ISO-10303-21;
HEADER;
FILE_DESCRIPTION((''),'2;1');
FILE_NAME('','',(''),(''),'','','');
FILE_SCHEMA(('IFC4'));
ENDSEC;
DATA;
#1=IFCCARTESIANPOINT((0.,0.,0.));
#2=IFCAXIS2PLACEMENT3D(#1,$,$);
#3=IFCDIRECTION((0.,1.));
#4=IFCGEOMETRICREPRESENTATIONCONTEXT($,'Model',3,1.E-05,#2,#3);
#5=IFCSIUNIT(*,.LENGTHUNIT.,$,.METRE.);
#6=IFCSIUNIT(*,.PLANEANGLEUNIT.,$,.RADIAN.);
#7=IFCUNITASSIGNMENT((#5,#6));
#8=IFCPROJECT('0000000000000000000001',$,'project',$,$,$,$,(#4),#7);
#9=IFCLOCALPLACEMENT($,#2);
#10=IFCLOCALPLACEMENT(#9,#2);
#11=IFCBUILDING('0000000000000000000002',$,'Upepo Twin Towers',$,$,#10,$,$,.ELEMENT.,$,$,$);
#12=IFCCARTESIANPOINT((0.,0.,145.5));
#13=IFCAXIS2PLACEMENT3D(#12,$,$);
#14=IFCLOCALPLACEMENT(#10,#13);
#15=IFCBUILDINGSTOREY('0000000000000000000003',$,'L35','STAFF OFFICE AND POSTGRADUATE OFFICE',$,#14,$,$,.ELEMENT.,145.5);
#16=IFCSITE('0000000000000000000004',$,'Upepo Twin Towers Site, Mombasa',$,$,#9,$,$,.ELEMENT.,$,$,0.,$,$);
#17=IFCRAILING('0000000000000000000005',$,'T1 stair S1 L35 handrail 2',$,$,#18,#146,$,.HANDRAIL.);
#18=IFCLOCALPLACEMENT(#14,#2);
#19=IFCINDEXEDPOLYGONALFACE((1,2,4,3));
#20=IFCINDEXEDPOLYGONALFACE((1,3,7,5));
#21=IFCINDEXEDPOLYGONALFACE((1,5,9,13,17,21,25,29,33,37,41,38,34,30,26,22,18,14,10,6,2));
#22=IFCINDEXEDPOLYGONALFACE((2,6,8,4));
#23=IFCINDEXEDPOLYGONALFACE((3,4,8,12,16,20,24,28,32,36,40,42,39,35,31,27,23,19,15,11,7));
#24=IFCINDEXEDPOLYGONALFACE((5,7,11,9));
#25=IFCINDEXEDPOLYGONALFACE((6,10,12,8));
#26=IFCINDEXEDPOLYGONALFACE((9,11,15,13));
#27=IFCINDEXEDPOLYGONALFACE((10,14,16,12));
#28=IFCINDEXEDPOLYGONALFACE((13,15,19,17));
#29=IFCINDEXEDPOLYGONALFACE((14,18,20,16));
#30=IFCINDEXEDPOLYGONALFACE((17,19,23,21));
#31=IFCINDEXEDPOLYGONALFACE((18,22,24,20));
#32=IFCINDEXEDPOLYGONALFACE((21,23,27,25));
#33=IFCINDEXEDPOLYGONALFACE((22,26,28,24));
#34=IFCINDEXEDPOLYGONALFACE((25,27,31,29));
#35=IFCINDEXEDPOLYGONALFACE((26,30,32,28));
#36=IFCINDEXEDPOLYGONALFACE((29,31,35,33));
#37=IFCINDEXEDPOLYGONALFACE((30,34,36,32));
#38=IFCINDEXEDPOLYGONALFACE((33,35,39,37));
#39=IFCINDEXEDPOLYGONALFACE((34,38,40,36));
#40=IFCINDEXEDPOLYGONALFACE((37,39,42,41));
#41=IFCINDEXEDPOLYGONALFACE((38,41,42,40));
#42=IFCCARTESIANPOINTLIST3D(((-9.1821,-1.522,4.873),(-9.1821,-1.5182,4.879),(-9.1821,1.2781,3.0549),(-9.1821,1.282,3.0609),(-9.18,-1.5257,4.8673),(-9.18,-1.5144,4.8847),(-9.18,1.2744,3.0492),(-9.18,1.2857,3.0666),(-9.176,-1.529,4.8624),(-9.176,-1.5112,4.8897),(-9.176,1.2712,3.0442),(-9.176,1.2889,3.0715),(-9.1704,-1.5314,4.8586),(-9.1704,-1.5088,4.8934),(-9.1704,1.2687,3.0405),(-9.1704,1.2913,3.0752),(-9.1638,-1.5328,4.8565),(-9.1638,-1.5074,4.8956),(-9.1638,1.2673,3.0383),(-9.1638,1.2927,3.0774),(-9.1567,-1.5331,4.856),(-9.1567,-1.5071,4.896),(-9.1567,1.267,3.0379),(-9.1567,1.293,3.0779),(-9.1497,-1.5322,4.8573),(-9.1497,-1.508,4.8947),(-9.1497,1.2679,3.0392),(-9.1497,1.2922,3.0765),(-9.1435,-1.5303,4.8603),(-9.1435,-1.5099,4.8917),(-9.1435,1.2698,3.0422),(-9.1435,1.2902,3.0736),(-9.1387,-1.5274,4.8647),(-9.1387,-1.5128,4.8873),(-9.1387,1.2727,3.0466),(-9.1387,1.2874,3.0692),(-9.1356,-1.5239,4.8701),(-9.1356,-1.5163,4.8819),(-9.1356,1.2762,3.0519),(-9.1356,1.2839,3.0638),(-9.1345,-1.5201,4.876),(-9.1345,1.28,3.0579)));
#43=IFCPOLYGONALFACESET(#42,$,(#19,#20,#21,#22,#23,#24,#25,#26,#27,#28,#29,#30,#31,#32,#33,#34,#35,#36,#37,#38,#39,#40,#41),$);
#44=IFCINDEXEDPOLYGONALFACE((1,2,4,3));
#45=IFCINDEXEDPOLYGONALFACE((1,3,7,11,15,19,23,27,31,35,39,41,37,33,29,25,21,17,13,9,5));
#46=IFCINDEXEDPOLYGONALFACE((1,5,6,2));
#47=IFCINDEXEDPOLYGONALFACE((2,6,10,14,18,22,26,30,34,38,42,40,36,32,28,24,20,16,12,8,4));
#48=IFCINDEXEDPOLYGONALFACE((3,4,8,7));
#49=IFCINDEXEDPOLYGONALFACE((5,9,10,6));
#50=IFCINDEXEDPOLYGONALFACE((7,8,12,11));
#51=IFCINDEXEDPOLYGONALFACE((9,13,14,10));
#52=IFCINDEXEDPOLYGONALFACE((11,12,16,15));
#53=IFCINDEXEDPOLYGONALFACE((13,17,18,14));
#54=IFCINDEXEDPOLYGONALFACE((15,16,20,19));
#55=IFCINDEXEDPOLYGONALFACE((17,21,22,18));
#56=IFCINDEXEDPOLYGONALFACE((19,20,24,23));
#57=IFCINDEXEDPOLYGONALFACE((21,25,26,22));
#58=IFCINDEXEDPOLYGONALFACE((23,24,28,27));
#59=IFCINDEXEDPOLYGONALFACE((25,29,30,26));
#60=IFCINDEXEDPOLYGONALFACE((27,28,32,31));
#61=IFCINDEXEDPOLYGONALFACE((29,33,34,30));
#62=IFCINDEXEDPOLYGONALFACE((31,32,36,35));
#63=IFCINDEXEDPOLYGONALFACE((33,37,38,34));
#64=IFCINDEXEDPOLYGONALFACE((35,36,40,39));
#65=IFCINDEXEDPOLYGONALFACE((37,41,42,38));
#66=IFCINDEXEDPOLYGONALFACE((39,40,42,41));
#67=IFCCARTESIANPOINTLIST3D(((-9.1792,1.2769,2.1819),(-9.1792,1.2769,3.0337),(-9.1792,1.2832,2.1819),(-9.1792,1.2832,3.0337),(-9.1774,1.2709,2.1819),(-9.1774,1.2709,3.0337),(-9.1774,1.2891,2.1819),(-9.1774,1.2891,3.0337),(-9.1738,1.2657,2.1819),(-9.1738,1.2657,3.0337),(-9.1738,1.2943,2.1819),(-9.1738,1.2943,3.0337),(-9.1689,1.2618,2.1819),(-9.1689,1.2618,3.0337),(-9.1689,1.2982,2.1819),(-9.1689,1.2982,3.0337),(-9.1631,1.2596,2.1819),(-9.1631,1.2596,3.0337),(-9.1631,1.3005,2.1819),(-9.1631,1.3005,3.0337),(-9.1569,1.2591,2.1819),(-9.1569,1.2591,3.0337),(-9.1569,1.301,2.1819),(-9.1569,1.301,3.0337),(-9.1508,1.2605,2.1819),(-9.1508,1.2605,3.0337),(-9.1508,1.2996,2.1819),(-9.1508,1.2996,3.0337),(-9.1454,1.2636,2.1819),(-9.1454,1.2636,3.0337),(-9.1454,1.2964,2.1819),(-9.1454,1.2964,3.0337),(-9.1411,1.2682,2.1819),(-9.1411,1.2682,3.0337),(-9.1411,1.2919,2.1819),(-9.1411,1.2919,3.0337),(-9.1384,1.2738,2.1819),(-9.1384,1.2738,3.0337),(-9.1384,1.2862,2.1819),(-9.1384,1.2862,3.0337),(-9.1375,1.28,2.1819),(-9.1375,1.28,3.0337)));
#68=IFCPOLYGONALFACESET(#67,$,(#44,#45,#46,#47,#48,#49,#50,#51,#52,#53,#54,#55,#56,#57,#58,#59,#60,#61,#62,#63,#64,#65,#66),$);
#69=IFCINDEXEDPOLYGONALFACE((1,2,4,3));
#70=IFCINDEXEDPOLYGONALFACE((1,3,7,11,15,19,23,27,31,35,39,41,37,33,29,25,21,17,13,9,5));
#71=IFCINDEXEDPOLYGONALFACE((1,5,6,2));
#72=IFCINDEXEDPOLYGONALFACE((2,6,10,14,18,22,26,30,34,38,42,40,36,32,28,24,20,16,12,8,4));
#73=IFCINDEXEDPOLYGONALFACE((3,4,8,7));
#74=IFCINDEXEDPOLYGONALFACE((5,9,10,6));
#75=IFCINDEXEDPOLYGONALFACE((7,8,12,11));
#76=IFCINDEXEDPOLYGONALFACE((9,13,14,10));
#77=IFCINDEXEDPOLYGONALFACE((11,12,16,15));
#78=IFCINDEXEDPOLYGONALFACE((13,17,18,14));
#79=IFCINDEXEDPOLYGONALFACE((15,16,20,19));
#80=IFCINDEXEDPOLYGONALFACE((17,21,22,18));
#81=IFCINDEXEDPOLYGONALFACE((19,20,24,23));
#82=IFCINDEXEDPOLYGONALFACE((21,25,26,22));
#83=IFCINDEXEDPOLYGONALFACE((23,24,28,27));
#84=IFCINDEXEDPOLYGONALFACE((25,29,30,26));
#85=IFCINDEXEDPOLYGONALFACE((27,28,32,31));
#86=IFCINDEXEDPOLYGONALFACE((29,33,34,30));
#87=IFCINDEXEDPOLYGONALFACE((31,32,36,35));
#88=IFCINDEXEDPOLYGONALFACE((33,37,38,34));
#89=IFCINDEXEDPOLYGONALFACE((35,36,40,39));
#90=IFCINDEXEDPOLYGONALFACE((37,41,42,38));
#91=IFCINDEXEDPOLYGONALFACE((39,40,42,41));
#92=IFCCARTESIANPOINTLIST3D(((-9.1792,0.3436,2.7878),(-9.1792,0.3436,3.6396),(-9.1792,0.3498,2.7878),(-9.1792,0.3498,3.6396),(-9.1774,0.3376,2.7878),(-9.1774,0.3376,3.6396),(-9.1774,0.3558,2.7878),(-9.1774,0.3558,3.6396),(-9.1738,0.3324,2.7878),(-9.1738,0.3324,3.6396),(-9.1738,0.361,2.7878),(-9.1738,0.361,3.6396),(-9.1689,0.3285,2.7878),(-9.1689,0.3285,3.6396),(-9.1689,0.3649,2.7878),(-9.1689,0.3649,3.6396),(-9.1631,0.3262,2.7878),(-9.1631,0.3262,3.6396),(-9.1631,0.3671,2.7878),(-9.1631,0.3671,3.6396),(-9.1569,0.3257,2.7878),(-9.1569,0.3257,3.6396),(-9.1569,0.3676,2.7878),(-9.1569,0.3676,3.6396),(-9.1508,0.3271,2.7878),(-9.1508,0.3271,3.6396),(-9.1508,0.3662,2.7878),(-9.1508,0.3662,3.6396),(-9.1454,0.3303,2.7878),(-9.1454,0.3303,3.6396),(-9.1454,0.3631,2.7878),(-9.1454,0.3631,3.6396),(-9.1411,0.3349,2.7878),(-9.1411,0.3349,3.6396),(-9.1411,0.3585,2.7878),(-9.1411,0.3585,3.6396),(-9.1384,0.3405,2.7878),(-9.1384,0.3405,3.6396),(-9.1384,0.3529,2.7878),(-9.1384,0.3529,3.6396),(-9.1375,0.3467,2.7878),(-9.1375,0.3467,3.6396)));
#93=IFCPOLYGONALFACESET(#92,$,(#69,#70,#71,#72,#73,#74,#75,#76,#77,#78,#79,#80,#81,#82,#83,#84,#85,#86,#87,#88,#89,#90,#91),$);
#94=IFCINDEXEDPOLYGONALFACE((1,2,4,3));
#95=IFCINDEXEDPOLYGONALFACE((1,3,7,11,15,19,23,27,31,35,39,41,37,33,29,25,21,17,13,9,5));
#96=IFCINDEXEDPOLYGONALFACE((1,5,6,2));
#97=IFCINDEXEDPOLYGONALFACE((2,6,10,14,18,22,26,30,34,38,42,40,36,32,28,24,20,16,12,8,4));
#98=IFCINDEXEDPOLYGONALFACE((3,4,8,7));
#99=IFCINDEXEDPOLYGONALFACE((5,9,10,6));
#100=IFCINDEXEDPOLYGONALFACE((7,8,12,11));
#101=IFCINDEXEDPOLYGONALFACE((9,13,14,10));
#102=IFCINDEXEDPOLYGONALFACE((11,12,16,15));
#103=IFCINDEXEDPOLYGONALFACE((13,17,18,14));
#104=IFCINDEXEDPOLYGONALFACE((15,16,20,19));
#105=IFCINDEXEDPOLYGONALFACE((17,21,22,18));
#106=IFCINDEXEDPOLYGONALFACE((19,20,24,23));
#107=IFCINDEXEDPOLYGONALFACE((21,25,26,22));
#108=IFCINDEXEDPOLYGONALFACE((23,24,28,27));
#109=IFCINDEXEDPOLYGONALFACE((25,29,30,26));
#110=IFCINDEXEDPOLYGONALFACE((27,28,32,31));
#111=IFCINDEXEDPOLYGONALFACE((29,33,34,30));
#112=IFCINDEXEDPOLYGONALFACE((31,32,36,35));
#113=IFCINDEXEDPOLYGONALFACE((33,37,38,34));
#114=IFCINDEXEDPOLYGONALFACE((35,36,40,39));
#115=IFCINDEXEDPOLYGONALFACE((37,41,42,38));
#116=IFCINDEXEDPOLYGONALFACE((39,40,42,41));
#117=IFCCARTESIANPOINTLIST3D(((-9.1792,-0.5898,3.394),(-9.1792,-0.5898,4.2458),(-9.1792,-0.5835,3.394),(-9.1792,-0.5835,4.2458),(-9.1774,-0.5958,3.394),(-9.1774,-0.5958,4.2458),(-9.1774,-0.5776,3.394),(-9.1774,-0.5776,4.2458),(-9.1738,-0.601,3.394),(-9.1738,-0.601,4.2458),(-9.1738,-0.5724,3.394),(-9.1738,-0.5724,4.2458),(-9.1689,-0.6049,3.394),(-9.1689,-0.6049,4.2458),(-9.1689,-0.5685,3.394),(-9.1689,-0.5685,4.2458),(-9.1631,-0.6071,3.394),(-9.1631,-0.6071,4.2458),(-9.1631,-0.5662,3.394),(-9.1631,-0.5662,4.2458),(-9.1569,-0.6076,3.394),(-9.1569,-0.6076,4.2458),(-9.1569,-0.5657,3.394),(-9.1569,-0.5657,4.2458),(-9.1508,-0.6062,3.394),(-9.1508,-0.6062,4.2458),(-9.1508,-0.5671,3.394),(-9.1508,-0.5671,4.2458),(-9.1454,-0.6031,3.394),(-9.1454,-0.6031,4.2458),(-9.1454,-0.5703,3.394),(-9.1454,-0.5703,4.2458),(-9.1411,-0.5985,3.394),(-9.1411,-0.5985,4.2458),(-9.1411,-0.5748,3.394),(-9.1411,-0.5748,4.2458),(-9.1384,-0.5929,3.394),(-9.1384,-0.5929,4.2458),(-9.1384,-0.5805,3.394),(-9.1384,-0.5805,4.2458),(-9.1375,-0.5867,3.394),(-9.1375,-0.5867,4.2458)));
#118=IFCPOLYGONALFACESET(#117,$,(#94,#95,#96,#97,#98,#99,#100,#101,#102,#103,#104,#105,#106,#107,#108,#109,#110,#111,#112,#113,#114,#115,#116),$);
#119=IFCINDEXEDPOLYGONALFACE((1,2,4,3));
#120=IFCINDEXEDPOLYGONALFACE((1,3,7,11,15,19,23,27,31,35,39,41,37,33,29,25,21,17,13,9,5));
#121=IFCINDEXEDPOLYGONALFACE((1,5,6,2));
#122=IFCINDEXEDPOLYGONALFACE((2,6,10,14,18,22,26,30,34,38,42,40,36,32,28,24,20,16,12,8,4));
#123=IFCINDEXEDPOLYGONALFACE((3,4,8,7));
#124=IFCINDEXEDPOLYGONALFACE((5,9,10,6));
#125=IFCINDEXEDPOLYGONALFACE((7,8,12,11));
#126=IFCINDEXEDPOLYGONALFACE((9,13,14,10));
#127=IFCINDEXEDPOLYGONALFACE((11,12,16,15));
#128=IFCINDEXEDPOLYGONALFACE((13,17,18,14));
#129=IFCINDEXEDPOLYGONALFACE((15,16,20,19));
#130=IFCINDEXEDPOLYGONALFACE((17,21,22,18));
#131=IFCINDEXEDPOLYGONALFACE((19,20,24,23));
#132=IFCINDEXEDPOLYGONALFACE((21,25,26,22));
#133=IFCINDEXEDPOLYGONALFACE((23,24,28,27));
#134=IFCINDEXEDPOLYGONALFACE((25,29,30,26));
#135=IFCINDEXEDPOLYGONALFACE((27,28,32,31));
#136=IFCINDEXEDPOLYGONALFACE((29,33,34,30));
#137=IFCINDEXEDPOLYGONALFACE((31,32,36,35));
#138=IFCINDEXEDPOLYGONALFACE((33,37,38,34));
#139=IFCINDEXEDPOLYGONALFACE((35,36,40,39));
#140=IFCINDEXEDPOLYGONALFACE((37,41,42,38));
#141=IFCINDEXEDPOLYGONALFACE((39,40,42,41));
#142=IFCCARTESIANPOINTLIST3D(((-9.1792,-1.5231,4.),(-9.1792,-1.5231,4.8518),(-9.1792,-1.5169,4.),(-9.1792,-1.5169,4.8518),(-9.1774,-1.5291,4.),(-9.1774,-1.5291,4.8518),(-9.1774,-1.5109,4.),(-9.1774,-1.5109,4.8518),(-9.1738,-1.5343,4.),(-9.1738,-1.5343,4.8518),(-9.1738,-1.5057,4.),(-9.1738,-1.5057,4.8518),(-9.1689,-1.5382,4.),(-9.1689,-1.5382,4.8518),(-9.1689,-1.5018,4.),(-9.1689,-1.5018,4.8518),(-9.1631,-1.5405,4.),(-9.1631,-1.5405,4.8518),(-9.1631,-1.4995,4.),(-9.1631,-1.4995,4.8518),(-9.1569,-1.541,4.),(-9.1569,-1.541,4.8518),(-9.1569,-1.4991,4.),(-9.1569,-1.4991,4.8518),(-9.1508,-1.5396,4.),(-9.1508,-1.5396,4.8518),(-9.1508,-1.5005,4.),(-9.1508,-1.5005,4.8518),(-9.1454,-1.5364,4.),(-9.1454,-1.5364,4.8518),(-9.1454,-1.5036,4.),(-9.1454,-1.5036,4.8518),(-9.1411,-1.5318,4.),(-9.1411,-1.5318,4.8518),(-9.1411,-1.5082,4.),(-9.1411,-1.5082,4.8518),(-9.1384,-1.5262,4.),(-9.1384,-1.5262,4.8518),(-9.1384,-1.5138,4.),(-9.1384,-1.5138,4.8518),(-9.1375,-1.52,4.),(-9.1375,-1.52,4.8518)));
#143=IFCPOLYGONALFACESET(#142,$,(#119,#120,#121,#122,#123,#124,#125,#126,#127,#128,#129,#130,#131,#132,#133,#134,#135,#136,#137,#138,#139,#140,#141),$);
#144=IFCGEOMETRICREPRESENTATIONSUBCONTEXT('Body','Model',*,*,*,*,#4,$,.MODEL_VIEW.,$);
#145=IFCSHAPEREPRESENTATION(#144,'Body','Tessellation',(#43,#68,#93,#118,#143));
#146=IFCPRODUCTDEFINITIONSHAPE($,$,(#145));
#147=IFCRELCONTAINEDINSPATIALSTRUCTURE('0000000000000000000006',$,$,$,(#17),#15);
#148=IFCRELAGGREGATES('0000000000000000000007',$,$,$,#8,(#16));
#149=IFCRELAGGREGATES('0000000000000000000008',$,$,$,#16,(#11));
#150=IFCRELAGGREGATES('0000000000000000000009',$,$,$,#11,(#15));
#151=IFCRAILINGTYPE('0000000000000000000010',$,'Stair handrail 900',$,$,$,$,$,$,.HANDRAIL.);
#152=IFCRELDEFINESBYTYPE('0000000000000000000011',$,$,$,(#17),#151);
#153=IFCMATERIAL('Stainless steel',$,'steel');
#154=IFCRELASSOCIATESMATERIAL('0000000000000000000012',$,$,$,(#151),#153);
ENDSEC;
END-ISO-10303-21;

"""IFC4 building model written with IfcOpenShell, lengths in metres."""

from ifc_helpers import new_model, si_unit, direction, frame, origin, origin_2d, place, context, subcontext, project, spatial, circle, extrude, material, type_object, element, save


model = new_model("IFC4")

# Units and contexts
model_context = context("Model", 3, precision=1e-05, world=origin(), true_north=direction((0.0, 1.0)))
body_context = subcontext(model_context, "Body", "Model", "MODEL_VIEW")
ifc_project = project(units=[si_unit("LENGTHUNIT", "METRE"), si_unit("PLANEANGLEUNIT", "RADIAN")], contexts=[model_context])

# Site, building, storey
site_placement = place(None, origin())
site = spatial("IfcSite", under=ifc_project, at=site_placement, Name="Upepo Twin Towers Site, Mombasa", CompositionType="ELEMENT", RefElevation=0.0)
building_placement = place(site_placement, origin())
building = spatial("IfcBuilding", under=site, at=building_placement, Name="Upepo Twin Towers", CompositionType="ELEMENT")
storey_placement = place(building_placement, frame((0.0, 0.0, 145.5)))
storey = spatial("IfcBuildingStorey", under=building, at=storey_placement, Name="L35", Description="STAFF OFFICE AND POSTGRADUATE OFFICE", CompositionType="ELEMENT", Elevation=145.5)

# Railing
ifc_material_1 = material(Name="Stainless steel", Category="steel")
railing_type = type_object("IfcRailingType", Name="Stair handrail 900", PredefinedType="HANDRAIL", material=ifc_material_1)
railing_1_placement = place(storey_placement, frame((-9.1584, 1.28, 2.1819)))
element("IfcRailing", 1, at=railing_1_placement, inside=storey, type_object=railing_type, Name="T1 stair S1 L35 handrail 2", PredefinedType="HANDRAIL", context=body_context, shape_type="SweptSolid", body=[
    extrude(circle(Radius=0.0239, at=origin_2d()), frame((0.0, 0.0, 0.876), z_axis=(0.0, -0.838706, 0.544585), x_axis=(1.0, 0.0, 0.0)), (0.0, 0.0, 1.0), 3.3386),
    extrude(circle(Radius=0.021, at=origin_2d()), origin(), (0.0, 0.0, 1.0), 0.8518),
    extrude(circle(Radius=0.021, at=origin_2d()), frame((0.0, -0.9333, 0.606)), (0.0, 0.0, 1.0), 0.8518),
    extrude(circle(Radius=0.021, at=origin_2d()), frame((0.0, -1.8667, 1.2122)), (0.0, 0.0, 1.0), 0.8518),
    extrude(circle(Radius=0.021, at=origin_2d()), frame((0.0, -2.8, 1.8181)), (0.0, 0.0, 1.0), 0.8518),
])

save(model, "model.ifc")
